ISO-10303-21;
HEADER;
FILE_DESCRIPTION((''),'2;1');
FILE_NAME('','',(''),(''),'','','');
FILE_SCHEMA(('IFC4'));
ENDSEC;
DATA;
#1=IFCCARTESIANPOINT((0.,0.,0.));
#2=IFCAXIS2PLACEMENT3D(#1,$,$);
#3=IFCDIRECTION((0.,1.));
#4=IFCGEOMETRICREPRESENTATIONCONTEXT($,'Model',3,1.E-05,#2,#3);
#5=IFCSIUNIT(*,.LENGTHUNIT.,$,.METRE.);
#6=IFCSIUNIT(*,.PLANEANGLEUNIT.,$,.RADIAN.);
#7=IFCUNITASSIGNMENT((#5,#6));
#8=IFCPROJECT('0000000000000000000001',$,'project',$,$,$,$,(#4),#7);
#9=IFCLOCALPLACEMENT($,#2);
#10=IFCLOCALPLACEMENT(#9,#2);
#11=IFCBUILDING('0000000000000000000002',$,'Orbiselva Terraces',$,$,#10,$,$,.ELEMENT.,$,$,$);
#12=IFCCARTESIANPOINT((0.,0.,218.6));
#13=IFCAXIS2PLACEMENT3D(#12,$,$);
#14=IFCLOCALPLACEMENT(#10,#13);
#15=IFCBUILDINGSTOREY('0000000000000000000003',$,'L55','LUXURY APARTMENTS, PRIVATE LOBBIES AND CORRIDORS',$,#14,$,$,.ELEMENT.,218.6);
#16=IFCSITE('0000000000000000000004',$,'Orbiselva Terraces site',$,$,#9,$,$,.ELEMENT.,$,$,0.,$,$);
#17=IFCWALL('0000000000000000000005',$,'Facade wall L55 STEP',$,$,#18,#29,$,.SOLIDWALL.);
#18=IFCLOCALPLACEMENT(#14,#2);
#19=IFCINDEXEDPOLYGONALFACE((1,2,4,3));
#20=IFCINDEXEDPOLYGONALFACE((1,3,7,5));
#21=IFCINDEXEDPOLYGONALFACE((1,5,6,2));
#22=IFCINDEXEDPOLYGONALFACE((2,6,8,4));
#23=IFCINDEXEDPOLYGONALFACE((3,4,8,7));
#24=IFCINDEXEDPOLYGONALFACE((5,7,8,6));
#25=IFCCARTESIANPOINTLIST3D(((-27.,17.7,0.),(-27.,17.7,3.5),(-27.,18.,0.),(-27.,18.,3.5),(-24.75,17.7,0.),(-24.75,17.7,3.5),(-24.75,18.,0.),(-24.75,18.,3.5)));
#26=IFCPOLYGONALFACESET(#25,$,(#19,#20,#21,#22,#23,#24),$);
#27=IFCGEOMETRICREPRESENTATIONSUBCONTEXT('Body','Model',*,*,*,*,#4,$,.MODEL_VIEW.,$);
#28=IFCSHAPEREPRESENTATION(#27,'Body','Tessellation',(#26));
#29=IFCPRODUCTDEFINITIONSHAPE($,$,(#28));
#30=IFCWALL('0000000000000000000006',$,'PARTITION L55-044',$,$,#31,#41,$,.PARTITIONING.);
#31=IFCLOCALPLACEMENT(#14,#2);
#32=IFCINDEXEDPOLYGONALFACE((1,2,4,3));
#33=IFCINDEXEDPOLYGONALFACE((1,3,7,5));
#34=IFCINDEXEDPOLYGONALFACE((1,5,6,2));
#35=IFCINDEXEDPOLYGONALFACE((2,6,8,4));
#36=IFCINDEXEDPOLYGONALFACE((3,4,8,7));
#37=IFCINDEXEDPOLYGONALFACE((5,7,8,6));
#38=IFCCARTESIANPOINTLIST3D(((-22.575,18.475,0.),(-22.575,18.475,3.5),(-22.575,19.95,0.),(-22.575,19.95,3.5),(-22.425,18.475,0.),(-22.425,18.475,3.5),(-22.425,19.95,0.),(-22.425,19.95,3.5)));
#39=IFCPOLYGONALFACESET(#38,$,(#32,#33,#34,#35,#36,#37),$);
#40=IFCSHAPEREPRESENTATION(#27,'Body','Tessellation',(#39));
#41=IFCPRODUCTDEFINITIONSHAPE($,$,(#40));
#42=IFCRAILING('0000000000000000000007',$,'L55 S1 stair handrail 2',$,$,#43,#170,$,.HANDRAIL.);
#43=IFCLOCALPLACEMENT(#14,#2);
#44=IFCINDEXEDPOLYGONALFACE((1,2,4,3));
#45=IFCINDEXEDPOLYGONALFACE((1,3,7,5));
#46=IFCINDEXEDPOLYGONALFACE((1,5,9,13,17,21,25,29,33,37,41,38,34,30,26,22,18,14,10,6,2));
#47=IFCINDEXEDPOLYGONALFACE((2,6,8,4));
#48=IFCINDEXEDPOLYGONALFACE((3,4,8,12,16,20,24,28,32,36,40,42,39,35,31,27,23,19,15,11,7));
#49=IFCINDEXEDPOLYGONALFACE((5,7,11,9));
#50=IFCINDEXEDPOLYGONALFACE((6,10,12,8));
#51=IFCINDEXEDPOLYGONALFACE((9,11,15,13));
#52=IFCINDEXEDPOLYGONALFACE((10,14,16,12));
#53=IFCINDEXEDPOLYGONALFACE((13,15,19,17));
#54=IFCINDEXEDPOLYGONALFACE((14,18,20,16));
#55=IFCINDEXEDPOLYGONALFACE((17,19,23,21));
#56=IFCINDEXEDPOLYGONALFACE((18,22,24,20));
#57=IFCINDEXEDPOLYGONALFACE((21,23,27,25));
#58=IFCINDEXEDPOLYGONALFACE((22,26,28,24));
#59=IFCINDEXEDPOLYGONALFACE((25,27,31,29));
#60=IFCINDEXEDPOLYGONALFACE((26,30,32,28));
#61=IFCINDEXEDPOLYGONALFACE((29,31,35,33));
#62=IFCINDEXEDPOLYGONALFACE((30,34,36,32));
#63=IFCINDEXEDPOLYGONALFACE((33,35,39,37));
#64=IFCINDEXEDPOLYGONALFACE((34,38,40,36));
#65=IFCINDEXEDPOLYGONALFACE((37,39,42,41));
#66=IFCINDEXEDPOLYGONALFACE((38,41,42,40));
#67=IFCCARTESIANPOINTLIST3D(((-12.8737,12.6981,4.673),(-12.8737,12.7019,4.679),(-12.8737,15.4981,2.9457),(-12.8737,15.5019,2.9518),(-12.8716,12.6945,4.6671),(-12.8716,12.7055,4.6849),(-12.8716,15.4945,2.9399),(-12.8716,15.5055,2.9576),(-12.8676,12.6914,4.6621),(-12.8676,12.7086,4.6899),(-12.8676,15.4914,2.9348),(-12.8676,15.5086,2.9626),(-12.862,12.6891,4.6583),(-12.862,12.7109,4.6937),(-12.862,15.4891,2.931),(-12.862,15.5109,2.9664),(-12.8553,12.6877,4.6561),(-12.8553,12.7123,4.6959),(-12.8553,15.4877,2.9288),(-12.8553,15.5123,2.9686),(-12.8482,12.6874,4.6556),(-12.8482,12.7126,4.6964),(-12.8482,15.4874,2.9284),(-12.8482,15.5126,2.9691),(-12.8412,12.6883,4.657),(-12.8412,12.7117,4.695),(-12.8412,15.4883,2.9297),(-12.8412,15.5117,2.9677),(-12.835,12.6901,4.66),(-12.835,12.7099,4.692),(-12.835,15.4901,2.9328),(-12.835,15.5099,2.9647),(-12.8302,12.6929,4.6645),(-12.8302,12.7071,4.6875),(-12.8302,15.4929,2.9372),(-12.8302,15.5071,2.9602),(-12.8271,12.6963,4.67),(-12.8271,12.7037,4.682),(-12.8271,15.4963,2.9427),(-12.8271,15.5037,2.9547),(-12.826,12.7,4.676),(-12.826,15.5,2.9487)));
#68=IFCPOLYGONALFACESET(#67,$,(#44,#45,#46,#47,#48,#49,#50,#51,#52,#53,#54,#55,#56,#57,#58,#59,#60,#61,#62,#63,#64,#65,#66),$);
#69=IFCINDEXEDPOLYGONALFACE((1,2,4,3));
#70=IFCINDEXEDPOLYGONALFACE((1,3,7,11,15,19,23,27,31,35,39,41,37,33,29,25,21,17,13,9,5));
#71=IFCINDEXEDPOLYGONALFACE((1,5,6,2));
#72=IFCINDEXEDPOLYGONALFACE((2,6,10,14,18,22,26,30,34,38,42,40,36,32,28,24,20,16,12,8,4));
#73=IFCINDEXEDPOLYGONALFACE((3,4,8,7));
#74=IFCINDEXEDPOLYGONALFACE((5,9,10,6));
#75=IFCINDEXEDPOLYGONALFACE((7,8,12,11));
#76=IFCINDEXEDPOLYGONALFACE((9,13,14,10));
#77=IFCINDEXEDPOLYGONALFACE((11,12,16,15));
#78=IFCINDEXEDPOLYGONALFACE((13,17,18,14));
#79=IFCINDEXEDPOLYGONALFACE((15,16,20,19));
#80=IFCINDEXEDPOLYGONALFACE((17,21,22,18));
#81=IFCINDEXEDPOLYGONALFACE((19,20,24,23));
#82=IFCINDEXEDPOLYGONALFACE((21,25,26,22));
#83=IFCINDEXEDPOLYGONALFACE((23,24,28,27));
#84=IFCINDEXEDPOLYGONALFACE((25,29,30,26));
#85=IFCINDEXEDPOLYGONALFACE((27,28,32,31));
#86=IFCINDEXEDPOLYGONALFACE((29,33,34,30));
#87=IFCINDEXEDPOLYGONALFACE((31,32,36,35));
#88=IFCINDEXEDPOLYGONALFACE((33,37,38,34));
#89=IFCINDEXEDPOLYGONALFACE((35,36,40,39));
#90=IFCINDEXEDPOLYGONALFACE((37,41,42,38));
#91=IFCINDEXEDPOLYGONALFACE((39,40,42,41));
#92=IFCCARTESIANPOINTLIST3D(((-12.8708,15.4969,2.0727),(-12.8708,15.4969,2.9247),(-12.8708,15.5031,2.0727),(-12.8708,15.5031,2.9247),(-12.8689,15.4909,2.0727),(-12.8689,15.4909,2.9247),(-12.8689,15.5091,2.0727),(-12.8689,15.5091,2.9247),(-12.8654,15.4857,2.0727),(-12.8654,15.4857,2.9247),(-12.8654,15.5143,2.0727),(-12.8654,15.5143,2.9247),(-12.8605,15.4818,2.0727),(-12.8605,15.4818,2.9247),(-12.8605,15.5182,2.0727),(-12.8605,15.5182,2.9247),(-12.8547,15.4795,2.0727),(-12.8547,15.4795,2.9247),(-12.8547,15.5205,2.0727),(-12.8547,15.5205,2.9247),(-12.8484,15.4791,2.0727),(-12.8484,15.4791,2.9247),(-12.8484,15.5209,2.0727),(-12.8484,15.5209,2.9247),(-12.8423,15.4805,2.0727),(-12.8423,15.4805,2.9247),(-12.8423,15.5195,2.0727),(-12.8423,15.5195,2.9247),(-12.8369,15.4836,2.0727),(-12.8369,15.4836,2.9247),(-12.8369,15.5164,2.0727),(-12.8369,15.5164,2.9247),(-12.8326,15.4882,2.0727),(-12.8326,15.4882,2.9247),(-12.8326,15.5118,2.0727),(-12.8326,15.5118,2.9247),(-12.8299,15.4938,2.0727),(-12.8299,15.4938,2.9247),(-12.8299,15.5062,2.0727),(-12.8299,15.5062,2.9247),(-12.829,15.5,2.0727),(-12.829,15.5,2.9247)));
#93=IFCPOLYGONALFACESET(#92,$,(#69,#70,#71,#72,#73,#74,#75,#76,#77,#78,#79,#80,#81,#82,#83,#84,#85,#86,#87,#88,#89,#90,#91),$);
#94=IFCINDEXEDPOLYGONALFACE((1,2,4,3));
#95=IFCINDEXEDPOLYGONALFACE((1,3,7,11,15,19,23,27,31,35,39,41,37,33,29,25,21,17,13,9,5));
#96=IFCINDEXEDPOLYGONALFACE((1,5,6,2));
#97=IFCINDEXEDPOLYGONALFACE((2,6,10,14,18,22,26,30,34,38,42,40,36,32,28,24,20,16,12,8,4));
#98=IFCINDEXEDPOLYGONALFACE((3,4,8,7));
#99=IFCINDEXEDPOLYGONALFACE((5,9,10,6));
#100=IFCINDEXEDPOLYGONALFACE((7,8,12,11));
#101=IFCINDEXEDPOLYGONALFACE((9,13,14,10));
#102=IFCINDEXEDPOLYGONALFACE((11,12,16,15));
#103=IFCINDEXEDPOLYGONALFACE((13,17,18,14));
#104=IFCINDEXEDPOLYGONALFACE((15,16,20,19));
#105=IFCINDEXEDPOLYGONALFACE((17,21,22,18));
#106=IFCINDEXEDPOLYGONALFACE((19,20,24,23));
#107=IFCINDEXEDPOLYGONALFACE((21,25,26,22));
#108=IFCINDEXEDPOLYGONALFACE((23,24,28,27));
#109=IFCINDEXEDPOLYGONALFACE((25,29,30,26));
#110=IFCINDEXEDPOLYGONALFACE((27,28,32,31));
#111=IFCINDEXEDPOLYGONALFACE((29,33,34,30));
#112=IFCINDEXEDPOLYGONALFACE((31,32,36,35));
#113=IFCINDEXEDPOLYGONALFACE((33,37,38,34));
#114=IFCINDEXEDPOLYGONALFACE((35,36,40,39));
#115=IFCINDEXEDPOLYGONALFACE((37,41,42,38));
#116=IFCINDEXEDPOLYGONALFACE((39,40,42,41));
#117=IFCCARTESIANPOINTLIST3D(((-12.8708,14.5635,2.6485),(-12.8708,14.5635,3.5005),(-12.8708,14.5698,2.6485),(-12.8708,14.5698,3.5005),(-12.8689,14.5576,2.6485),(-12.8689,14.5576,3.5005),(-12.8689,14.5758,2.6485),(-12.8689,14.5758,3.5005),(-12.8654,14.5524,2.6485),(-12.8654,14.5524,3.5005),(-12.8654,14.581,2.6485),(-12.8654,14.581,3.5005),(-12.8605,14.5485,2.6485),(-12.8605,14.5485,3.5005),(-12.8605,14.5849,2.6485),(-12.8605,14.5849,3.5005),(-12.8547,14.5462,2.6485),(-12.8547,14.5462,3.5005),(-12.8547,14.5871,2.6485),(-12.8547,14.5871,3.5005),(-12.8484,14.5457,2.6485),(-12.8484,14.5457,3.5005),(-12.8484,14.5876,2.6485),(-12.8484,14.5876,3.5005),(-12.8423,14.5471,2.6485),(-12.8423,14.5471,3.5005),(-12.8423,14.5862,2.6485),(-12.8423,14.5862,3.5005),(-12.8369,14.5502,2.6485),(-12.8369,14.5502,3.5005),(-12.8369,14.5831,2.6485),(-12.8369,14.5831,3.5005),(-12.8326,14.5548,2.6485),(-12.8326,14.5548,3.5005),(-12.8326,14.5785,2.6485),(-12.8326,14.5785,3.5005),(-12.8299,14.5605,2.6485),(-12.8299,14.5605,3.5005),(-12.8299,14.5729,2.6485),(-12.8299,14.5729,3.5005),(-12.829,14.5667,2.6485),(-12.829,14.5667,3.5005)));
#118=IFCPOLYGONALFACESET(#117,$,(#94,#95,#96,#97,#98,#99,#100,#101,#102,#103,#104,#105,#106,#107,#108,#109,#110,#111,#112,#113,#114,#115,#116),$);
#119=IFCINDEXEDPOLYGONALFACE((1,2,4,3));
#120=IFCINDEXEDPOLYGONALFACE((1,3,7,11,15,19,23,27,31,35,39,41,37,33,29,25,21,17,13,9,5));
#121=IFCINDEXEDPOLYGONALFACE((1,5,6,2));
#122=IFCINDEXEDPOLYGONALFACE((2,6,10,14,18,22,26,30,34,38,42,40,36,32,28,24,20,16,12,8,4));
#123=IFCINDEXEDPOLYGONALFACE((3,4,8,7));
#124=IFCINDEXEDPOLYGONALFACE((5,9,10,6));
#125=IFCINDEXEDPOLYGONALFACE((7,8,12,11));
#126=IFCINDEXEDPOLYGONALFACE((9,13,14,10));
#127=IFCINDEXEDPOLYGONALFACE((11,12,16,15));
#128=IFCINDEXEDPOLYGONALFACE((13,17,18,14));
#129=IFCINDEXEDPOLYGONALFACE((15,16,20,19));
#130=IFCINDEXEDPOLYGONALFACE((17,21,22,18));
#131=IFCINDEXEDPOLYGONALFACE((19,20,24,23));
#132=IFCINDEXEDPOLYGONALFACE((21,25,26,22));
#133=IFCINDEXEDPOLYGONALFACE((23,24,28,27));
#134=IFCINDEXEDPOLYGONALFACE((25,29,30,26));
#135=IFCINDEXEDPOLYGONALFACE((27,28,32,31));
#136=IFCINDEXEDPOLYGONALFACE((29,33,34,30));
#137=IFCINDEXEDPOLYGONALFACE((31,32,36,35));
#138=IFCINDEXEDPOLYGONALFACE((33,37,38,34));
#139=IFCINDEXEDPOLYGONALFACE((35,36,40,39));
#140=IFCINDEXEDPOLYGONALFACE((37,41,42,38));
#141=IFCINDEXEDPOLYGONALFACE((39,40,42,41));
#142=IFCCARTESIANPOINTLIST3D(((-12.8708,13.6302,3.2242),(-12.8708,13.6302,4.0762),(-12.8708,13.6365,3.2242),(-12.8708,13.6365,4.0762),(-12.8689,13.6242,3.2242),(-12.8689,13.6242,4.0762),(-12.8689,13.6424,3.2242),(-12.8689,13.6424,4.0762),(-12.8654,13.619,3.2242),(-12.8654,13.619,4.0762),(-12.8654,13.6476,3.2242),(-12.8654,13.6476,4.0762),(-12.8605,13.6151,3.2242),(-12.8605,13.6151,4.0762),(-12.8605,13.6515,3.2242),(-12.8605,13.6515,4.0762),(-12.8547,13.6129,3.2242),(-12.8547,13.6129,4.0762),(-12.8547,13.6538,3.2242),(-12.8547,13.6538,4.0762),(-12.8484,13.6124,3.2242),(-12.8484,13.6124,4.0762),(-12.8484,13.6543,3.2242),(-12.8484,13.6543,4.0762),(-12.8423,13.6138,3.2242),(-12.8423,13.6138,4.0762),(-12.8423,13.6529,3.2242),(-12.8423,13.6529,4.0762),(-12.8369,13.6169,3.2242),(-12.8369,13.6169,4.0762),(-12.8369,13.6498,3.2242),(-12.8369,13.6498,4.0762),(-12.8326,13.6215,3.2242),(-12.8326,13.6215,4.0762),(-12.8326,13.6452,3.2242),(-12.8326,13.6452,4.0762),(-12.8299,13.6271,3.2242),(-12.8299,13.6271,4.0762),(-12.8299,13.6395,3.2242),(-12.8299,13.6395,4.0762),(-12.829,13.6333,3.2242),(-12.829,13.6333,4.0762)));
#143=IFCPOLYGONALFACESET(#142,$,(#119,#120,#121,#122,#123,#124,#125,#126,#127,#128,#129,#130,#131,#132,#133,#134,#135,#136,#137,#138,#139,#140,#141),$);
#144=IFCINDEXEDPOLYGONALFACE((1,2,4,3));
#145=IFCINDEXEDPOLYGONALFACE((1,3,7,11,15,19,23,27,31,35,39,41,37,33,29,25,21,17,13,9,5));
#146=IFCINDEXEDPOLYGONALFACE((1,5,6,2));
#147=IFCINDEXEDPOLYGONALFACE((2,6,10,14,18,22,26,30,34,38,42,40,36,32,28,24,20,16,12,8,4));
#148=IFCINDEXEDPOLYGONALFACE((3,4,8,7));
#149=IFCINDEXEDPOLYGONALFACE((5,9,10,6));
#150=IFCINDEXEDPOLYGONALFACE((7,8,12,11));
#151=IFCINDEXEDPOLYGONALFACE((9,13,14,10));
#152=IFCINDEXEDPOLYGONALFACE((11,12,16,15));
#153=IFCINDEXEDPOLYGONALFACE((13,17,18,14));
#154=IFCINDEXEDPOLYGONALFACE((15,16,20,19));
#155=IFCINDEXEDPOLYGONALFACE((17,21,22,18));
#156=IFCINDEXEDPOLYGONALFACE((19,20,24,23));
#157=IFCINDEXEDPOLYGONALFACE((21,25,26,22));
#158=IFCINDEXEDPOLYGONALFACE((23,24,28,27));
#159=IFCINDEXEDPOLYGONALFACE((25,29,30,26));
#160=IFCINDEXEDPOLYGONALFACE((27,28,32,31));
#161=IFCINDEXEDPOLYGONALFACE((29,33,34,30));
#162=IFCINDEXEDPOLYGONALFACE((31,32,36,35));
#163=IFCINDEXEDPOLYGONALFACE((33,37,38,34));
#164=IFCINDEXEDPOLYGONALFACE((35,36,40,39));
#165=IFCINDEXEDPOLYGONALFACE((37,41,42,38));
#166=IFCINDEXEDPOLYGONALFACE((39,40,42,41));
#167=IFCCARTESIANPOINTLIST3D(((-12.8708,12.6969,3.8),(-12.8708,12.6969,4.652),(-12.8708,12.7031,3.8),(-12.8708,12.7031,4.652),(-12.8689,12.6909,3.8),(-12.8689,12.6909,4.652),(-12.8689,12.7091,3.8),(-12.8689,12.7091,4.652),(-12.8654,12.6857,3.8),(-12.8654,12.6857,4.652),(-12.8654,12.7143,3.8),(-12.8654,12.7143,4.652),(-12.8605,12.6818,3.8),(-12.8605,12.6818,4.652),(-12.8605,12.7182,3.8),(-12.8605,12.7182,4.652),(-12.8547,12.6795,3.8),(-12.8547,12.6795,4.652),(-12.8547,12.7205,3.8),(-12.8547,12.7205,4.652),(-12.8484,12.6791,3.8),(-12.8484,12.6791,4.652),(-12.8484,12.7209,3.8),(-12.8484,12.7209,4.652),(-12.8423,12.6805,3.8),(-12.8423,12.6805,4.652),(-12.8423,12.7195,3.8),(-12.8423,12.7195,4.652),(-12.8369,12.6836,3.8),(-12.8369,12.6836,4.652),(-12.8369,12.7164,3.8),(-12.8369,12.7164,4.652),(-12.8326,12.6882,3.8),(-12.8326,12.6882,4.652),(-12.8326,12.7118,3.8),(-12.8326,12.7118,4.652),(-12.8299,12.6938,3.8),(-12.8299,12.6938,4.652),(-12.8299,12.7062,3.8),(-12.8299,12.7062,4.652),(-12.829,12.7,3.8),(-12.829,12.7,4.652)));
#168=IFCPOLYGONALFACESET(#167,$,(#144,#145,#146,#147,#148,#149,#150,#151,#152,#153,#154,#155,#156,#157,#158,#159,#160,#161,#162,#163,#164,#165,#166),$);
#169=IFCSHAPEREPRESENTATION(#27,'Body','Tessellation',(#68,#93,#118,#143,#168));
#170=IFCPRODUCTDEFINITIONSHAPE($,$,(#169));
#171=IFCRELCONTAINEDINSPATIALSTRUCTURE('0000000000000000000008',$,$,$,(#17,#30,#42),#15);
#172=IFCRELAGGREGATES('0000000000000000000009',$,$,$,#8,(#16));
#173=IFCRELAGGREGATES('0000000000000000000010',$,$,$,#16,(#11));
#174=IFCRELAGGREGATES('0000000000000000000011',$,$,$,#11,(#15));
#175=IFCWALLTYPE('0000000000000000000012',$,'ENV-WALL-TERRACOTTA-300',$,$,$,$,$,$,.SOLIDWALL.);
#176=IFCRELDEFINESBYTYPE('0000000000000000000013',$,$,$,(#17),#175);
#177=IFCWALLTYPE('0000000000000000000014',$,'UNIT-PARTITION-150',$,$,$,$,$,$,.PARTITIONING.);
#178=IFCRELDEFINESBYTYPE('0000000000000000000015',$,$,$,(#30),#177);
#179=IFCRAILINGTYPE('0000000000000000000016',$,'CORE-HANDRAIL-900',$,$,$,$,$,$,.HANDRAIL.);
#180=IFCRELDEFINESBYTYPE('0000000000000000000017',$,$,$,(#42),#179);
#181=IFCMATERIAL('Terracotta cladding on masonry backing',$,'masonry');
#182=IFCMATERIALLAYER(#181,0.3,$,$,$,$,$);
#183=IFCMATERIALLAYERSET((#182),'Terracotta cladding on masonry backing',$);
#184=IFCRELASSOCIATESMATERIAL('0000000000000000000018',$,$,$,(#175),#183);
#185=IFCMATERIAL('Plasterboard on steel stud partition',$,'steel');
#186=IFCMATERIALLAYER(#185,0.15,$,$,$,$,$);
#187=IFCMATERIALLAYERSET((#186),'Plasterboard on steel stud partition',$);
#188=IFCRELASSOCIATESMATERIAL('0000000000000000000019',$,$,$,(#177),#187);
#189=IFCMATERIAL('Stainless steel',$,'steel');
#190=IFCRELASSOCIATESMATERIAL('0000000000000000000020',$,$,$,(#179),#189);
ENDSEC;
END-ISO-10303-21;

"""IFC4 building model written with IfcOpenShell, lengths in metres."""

from ifc_helpers import new_model, si_unit, direction, frame, frame_2d, origin, origin_2d, place, context, subcontext, project, spatial, rectangle, circle, extrude, material, layer, layer_set, type_object, element, save


model = new_model("IFC4")

# Units and contexts
model_context = context("Model", 3, precision=1e-05, world=origin(), true_north=direction((0.0, 1.0)))
body_context = subcontext(model_context, "Body", "Model", "MODEL_VIEW")
ifc_project = project(units=[si_unit("LENGTHUNIT", "METRE"), si_unit("PLANEANGLEUNIT", "RADIAN")], contexts=[model_context])

# Site, building, storey
site_placement = place(None, origin())
site = spatial("IfcSite", under=ifc_project, at=site_placement, Name="Orbiselva Terraces site", CompositionType="ELEMENT", RefElevation=0.0)
building_placement = place(site_placement, origin())
building = spatial("IfcBuilding", under=site, at=building_placement, Name="Orbiselva Terraces", CompositionType="ELEMENT")
storey_placement = place(building_placement, frame((0.0, 0.0, 218.6)))
storey = spatial("IfcBuildingStorey", under=building, at=storey_placement, Name="L55", Description="LUXURY APARTMENTS, PRIVATE LOBBIES AND CORRIDORS", CompositionType="ELEMENT", Elevation=218.6)

# Shared definitions
ifc_material_1 = material(Name="Terracotta cladding on masonry backing", Category="masonry")
ifc_layer_1 = layer(ifc_material_1, 0.3)
ifc_layer_set_1 = layer_set([ifc_layer_1], Name="Terracotta cladding on masonry backing")
wall_type_1 = type_object("IfcWallType", Name="ENV-WALL-TERRACOTTA-300", PredefinedType="SOLIDWALL", material=ifc_layer_set_1)

# Walls
wall_1_placement = place(storey_placement, frame((-27.0, 17.85, 0.0), z_axis=(0.0, 0.0, 1.0), x_axis=(1.0, 0.0, 0.0)))
element("IfcWall", 1, at=wall_1_placement, inside=storey, type_object=wall_type_1, Name="Facade wall L55 STEP", PredefinedType="SOLIDWALL", context=body_context, shape_type="SweptSolid", body=[
    extrude(rectangle(XDim=2.25, YDim=0.3, at=frame_2d((1.125, 0.0))), origin(), (0.0, 0.0, 1.0), 3.5),
])
ifc_material_2 = material(Name="Plasterboard on steel stud partition", Category="steel")
ifc_layer_2 = layer(ifc_material_2, 0.15)
ifc_layer_set_2 = layer_set([ifc_layer_2], Name="Plasterboard on steel stud partition")
wall_type_2 = type_object("IfcWallType", Name="UNIT-PARTITION-150", PredefinedType="PARTITIONING", material=ifc_layer_set_2)
wall_2_placement = place(storey_placement, frame((-22.5, 18.475, 0.0), z_axis=(0.0, 0.0, 1.0), x_axis=(0.0, 1.0, 0.0)))
element("IfcWall", 2, at=wall_2_placement, inside=storey, type_object=wall_type_2, Name="PARTITION L55-044", PredefinedType="PARTITIONING", context=body_context, shape_type="SweptSolid", body=[
    extrude(rectangle(XDim=1.475, YDim=0.15, at=frame_2d((0.7375, 0.0))), origin(), (0.0, 0.0, 1.0), 3.5),
])

# Railing
ifc_material_3 = material(Name="Stainless steel", Category="steel")
railing_type_1 = type_object("IfcRailingType", Name="CORE-HANDRAIL-900", PredefinedType="HANDRAIL", material=ifc_material_3)
railing_1_placement = place(storey_placement, frame((-12.85, 15.5, 2.0727)))
element("IfcRailing", 3, at=railing_1_placement, inside=storey, type_object=railing_type_1, Name="L55 S1 stair handrail 2", PredefinedType="HANDRAIL", context=body_context, shape_type="SweptSolid", body=[
    extrude(circle(Radius=0.024, at=origin_2d()), frame((0.0, 0.0, 0.876), z_axis=(0.0, -0.851089, 0.525022), x_axis=(1.0, 0.0, 0.0)), (0.0, 0.0, 1.0), 3.2899),
    extrude(circle(Radius=0.021, at=origin_2d()), origin(), (0.0, 0.0, 1.0), 0.852),
    extrude(circle(Radius=0.021, at=origin_2d()), frame((0.0, -0.9333, 0.5758)), (0.0, 0.0, 1.0), 0.852),
    extrude(circle(Radius=0.021, at=origin_2d()), frame((0.0, -1.8667, 1.1515)), (0.0, 0.0, 1.0), 0.852),
    extrude(circle(Radius=0.021, at=origin_2d()), frame((0.0, -2.8, 1.7273)), (0.0, 0.0, 1.0), 0.852),
])

save(model, "model.ifc")
